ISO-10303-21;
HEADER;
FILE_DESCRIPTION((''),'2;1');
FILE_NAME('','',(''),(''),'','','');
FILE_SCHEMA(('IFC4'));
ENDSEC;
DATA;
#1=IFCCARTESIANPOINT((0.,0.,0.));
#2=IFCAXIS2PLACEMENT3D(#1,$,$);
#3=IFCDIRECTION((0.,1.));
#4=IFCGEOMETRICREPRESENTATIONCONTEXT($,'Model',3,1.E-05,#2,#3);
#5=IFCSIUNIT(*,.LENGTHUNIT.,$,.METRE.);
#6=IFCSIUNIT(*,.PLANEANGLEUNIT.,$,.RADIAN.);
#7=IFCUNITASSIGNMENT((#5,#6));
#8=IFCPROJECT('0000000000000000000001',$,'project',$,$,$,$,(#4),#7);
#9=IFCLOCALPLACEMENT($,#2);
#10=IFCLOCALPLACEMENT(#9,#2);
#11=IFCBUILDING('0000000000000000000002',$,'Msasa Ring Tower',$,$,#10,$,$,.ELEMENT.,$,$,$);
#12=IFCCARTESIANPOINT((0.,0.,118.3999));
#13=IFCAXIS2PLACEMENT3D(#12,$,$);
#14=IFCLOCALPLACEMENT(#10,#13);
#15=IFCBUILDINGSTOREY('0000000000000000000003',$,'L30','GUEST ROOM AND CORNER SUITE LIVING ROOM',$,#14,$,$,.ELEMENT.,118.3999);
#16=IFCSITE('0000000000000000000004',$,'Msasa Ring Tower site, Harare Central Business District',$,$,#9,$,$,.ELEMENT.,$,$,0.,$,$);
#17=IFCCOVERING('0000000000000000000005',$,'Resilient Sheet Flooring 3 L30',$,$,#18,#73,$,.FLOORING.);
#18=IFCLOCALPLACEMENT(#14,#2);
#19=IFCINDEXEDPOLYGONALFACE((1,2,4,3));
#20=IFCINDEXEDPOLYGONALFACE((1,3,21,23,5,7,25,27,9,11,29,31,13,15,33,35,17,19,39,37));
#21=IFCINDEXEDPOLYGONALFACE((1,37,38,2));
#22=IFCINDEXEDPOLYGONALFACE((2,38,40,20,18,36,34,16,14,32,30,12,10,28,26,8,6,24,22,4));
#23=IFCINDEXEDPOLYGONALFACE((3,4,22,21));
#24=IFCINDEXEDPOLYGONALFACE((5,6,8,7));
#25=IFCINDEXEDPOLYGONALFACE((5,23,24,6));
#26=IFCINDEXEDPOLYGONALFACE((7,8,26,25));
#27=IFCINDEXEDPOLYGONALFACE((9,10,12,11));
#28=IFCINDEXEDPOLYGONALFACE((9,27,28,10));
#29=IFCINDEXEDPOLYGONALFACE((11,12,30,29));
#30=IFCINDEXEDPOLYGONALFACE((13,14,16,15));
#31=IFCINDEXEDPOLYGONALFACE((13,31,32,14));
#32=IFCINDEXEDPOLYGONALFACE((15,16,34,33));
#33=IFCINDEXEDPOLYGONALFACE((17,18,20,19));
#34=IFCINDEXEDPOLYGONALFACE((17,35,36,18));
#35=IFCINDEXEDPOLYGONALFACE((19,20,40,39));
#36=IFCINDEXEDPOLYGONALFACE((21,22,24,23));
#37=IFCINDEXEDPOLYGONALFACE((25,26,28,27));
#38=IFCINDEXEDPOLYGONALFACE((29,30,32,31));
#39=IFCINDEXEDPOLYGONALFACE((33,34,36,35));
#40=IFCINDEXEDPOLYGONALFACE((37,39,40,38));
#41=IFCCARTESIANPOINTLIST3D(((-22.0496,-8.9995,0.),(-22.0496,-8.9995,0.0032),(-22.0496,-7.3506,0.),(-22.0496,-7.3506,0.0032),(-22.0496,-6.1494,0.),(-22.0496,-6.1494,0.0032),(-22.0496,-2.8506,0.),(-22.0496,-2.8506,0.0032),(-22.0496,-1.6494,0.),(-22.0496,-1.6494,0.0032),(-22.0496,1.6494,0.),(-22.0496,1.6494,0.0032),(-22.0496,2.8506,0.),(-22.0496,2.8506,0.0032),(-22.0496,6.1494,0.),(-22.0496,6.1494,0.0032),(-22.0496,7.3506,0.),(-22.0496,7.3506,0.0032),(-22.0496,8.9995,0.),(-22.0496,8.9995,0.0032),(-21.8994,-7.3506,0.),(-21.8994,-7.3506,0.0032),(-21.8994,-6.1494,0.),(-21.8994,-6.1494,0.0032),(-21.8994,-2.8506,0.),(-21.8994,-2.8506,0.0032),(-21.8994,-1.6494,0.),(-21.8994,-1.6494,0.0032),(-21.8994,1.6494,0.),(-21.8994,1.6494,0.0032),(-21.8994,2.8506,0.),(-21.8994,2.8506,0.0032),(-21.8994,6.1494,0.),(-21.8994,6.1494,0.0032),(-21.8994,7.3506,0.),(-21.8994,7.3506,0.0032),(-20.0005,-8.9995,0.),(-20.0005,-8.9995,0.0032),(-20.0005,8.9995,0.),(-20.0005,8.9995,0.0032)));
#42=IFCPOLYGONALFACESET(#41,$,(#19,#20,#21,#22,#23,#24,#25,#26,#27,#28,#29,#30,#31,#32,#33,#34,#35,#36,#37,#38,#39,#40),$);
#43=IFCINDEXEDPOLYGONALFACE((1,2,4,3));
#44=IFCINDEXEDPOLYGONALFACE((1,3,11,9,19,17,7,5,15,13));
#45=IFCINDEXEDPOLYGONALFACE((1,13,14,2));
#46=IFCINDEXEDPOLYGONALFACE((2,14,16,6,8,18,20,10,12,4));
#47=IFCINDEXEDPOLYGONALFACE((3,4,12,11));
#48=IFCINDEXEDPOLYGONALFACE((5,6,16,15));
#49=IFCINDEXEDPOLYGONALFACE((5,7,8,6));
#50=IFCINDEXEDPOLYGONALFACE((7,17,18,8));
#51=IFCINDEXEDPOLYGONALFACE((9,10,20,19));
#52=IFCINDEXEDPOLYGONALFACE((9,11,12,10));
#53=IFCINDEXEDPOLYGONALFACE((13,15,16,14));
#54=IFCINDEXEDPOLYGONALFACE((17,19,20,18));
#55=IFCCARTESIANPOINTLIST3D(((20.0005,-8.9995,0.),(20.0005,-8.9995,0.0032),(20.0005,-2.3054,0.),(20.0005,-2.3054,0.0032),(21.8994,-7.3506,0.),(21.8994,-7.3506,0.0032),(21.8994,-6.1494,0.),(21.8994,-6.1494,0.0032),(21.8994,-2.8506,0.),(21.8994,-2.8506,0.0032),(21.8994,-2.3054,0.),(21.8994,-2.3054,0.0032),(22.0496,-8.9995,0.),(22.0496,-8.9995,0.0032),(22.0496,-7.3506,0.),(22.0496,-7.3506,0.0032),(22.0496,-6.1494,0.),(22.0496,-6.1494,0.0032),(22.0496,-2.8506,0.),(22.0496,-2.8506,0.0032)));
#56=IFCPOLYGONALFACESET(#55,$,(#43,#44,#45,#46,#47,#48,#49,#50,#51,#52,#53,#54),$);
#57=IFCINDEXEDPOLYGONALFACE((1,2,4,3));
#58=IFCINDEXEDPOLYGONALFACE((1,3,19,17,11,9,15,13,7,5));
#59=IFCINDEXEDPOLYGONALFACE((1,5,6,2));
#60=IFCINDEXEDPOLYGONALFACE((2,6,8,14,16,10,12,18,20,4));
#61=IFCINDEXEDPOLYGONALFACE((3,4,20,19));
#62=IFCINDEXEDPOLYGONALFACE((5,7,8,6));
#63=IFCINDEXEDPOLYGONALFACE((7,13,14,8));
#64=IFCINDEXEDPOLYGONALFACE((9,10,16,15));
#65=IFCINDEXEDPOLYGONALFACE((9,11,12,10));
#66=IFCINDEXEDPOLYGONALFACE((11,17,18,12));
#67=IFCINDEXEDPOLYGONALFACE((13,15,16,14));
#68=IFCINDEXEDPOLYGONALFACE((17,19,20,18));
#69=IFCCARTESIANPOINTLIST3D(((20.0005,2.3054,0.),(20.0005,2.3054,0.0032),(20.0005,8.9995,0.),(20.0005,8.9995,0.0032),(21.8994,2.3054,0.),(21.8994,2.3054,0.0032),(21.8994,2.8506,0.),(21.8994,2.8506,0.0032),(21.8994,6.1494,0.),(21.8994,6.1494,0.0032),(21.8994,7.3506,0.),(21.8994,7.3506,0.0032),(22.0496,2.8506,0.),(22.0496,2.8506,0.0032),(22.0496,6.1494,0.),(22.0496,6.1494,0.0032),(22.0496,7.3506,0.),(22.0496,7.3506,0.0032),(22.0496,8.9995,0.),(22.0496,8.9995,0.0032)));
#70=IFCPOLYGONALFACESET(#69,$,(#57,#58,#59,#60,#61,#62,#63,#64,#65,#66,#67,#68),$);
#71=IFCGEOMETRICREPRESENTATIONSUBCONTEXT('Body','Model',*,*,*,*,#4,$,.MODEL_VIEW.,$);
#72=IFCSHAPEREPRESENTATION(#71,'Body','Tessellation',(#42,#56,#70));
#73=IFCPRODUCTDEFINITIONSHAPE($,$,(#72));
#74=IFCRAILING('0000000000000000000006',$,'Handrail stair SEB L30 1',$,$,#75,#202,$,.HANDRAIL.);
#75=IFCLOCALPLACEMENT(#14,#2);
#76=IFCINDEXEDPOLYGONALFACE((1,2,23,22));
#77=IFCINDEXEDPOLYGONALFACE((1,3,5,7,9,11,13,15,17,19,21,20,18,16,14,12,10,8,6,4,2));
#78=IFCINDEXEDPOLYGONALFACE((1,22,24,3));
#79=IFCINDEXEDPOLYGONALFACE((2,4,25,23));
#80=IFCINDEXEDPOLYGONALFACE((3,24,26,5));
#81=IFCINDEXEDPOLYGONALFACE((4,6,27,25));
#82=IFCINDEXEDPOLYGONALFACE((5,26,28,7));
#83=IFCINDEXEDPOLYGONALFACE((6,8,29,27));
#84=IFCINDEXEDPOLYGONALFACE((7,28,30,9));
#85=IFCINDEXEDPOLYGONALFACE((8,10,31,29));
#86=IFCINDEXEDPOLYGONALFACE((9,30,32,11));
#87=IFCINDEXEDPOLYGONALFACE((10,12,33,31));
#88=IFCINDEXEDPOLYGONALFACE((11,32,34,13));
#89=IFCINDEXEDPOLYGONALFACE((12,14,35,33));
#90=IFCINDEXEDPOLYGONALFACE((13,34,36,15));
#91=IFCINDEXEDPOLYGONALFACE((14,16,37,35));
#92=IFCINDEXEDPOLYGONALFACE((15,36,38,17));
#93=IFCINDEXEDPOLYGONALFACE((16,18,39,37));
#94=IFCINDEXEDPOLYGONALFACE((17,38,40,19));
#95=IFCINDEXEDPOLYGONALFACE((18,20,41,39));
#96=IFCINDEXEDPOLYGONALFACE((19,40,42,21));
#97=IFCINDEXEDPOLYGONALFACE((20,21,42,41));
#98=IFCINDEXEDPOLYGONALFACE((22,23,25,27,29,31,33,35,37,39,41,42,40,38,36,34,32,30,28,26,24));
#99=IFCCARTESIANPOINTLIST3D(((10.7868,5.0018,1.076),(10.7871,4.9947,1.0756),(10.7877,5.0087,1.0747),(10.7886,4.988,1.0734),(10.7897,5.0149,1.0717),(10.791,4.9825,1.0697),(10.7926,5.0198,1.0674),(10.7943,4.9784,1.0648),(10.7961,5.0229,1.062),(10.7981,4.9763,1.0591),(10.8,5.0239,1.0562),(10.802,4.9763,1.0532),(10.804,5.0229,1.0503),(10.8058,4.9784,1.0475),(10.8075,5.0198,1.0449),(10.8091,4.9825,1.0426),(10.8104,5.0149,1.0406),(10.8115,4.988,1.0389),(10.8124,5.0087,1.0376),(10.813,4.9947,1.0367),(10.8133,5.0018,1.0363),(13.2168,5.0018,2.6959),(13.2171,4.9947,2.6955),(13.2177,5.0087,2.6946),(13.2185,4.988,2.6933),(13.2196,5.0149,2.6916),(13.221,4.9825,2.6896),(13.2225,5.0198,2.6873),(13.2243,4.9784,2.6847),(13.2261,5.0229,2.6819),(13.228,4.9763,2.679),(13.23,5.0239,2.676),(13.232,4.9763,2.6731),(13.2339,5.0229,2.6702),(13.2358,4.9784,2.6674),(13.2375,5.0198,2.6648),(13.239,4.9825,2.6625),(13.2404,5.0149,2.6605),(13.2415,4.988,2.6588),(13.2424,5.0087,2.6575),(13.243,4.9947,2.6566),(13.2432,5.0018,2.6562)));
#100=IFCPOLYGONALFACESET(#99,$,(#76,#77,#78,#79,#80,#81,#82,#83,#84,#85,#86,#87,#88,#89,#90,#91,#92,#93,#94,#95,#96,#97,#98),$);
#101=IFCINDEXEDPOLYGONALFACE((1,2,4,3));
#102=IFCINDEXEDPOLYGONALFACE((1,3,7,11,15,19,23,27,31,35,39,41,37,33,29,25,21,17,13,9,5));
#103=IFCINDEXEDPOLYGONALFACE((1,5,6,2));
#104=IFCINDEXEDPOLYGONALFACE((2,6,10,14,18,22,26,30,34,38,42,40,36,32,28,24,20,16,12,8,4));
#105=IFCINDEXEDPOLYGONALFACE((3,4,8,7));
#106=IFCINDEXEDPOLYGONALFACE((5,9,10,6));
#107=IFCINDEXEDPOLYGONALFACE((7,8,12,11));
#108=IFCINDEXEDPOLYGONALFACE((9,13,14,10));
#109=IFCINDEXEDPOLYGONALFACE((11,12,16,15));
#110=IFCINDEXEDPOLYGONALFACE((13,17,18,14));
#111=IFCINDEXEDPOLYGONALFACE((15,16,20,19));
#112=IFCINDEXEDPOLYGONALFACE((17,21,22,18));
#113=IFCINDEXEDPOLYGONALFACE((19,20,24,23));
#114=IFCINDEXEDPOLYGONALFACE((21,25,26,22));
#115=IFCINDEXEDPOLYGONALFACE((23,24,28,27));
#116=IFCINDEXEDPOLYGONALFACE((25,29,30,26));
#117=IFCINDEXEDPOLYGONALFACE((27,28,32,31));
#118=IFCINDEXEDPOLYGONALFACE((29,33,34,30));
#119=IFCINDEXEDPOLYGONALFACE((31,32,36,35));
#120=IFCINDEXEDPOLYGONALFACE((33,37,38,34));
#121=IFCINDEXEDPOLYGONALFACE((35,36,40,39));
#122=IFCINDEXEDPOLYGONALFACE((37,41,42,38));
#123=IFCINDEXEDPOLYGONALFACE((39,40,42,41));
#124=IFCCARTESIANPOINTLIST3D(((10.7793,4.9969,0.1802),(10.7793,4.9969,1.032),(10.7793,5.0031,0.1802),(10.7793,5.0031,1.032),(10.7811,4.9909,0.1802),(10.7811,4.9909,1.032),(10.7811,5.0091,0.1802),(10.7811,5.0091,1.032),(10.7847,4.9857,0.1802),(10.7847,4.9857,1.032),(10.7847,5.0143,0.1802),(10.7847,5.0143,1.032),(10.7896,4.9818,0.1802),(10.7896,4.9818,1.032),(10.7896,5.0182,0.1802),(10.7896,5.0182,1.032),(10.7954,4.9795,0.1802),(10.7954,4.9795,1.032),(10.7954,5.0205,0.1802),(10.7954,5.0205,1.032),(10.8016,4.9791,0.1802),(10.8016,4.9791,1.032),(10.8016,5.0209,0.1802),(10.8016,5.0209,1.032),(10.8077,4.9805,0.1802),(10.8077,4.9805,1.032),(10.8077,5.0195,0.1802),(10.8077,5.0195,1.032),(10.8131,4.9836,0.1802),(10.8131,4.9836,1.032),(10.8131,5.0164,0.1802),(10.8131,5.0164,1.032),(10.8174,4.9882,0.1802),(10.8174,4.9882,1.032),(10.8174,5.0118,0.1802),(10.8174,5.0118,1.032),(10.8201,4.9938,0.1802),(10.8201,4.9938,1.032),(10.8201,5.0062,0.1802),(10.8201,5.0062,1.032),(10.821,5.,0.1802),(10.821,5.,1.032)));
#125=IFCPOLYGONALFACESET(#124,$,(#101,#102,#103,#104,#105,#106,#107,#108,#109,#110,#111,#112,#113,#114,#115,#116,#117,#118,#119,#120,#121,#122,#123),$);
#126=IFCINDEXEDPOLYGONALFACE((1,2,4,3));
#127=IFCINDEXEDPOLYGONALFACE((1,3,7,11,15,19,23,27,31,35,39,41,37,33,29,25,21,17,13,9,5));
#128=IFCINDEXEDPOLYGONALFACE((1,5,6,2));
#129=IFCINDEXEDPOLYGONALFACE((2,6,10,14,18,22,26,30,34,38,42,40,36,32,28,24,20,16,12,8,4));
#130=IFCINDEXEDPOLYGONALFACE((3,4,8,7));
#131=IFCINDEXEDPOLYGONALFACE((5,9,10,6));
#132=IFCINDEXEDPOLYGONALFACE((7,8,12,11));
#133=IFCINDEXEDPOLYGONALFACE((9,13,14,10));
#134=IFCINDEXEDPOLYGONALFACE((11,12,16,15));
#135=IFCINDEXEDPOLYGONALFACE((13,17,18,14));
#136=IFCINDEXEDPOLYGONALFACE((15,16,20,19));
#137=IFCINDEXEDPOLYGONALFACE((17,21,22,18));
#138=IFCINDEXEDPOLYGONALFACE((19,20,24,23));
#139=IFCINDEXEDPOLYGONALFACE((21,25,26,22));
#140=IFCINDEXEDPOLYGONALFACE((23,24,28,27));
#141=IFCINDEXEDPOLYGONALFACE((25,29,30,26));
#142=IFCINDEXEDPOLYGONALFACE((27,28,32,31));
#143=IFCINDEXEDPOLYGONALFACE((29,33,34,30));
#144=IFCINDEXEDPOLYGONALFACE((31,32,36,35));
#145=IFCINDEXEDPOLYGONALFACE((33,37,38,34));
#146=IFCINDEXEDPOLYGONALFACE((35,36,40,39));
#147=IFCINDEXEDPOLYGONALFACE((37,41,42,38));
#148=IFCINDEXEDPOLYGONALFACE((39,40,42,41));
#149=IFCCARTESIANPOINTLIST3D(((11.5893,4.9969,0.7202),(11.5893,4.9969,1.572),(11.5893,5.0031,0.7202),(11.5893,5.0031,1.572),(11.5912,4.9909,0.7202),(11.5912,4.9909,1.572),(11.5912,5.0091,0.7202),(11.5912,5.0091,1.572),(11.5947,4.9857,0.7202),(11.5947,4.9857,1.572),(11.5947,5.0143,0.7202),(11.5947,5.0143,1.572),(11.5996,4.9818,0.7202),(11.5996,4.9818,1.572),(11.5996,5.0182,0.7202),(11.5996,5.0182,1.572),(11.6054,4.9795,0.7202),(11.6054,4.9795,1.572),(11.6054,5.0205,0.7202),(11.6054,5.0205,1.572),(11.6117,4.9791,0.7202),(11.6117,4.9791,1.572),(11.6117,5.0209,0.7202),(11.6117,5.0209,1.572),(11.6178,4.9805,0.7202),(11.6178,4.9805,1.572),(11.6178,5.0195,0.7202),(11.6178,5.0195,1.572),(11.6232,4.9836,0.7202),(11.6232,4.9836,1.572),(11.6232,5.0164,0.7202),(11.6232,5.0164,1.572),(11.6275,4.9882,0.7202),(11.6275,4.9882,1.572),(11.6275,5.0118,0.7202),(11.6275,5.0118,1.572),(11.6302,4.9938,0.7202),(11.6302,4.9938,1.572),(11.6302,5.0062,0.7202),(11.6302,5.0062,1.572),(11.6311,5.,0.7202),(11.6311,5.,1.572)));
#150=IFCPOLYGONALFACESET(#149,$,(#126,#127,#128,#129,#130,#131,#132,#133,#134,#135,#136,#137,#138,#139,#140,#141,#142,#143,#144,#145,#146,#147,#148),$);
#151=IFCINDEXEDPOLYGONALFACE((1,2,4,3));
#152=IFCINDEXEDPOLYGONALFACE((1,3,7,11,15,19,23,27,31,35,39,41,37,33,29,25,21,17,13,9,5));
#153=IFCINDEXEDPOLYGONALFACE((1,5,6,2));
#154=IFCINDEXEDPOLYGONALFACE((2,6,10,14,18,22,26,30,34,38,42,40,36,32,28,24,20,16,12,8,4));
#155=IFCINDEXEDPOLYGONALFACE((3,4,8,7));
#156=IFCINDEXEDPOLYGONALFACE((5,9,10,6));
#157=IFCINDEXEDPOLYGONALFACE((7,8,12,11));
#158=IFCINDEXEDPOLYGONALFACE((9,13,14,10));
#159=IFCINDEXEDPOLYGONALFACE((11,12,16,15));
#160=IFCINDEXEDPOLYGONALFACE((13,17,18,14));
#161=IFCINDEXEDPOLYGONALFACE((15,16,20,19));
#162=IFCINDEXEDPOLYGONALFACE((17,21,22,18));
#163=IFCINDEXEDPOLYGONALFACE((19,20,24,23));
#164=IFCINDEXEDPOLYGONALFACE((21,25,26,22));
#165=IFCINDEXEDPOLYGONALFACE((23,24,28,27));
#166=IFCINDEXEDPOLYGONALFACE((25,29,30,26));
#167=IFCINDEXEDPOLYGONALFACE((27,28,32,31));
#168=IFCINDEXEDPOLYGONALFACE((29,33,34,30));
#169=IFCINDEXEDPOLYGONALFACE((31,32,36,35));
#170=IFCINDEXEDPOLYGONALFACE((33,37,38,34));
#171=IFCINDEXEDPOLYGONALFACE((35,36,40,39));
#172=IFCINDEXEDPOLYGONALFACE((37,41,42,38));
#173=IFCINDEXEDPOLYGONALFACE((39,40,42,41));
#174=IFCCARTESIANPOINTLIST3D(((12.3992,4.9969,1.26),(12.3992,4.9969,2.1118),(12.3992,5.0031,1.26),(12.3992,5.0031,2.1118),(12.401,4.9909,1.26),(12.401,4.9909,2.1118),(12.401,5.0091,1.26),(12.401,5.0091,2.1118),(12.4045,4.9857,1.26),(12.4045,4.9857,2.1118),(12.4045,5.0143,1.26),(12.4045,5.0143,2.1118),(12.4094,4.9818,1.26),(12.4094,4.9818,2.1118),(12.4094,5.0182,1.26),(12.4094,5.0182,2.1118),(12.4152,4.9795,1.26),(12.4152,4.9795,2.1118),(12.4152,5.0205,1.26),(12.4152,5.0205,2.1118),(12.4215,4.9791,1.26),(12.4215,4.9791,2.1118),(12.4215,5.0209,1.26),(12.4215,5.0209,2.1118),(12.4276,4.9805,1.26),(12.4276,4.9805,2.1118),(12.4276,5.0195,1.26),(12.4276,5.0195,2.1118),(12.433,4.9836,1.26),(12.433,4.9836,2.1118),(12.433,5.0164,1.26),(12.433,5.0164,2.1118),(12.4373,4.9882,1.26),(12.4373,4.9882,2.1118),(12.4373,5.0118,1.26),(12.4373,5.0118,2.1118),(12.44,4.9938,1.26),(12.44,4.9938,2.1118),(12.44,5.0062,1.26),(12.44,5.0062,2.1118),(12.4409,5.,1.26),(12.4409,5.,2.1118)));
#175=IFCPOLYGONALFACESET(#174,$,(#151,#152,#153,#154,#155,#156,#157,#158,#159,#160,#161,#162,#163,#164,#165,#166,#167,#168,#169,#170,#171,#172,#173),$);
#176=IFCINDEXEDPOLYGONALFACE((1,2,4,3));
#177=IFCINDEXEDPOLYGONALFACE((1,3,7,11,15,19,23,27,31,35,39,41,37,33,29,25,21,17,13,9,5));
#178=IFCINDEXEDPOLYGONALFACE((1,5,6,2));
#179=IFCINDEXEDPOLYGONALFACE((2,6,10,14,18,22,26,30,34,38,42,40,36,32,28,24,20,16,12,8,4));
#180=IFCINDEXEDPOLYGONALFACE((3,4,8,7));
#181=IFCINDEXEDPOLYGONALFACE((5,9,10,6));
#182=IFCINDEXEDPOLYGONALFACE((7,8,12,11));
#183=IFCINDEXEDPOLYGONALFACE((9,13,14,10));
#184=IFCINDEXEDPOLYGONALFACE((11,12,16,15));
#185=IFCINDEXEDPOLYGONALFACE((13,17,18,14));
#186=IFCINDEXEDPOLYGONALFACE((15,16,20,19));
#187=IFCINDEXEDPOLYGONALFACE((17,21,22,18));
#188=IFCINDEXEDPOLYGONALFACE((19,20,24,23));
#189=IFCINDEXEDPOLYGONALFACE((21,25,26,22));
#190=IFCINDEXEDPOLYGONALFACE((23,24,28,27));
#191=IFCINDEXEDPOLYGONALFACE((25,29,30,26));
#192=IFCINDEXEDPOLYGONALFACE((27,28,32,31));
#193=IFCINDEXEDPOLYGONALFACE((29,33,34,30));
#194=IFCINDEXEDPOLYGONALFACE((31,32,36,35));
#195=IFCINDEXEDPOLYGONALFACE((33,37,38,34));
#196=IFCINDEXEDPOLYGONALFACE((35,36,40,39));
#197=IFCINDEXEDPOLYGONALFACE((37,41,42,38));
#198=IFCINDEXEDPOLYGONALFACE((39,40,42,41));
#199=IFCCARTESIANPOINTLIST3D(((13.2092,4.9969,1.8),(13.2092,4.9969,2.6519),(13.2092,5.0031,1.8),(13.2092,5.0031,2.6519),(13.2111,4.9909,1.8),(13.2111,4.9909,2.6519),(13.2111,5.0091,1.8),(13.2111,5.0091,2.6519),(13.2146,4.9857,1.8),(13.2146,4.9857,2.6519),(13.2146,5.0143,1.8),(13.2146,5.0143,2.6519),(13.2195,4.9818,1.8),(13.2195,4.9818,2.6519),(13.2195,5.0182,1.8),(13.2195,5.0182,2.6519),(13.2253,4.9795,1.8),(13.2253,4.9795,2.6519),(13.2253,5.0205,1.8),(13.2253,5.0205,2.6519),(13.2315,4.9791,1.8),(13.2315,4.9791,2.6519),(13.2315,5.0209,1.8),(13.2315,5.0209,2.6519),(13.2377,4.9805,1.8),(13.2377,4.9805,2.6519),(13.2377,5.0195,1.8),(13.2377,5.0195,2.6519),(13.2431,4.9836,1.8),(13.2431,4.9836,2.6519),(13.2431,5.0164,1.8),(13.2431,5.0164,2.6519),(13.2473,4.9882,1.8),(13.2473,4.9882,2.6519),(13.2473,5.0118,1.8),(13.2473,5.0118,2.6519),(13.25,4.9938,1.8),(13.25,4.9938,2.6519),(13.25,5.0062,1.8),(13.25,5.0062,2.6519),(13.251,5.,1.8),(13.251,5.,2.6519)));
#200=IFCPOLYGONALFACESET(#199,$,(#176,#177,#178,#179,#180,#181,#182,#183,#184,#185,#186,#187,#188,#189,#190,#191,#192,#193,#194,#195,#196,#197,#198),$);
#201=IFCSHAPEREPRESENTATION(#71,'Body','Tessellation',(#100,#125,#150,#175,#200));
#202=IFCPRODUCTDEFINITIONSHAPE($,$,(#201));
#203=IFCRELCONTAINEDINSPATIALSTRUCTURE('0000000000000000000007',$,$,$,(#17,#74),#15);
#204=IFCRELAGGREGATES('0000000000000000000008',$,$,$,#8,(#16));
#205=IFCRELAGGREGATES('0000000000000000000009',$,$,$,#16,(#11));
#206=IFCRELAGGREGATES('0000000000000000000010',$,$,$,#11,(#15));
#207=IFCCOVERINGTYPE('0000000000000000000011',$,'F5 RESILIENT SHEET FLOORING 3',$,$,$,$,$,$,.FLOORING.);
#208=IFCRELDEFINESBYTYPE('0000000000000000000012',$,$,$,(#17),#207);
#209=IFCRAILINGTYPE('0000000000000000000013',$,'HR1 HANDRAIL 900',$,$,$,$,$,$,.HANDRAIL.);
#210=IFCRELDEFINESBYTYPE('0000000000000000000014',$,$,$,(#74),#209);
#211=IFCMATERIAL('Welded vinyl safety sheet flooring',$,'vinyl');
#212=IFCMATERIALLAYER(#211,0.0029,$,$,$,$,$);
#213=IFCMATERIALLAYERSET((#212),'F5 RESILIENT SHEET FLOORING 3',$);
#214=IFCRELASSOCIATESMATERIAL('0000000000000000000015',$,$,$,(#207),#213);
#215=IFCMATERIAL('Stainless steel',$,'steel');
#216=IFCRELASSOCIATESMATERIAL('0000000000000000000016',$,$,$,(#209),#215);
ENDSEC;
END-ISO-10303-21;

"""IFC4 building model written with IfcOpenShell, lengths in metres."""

from ifc_helpers import new_model, si_unit, direction, frame, origin, origin_2d, place, context, subcontext, project, spatial, line, indexed_curve, circle, outline, extrude, material, layer, layer_set, type_object, element, save


model = new_model("IFC4")

# Units and contexts
model_context = context("Model", 3, precision=1e-05, world=origin(), true_north=direction((0.0, 1.0)))
body_context = subcontext(model_context, "Body", "Model", "MODEL_VIEW")
ifc_project = project(units=[si_unit("LENGTHUNIT", "METRE"), si_unit("PLANEANGLEUNIT", "RADIAN")], contexts=[model_context])

# Site, building, storey
site_placement = place(None, origin())
site = spatial("IfcSite", under=ifc_project, at=site_placement, Name="Msasa Ring Tower site, Harare Central Business District", CompositionType="ELEMENT", RefElevation=0.0)
building_placement = place(site_placement, origin())
building = spatial("IfcBuilding", under=site, at=building_placement, Name="Msasa Ring Tower", CompositionType="ELEMENT")
storey_placement = place(building_placement, frame((0.0, 0.0, 118.3999)))
storey = spatial("IfcBuildingStorey", under=building, at=storey_placement, Name="L30", Description="GUEST ROOM AND CORNER SUITE LIVING ROOM", CompositionType="ELEMENT", Elevation=118.3999)

# Covering
ifc_material_1 = material(Name="Welded vinyl safety sheet flooring", Category="vinyl")
ifc_layer_1 = layer(ifc_material_1, 0.0029)
ifc_layer_set_1 = layer_set([ifc_layer_1], Name="F5 RESILIENT SHEET FLOORING 3")
covering_type_1 = type_object("IfcCoveringType", Name="F5 RESILIENT SHEET FLOORING 3", PredefinedType="FLOORING", material=ifc_layer_set_1)
covering_1_placement = place(storey_placement, origin())
element("IfcCovering", 1, at=covering_1_placement, inside=storey, type_object=covering_type_1, Name="Resilient Sheet Flooring 3 L30", PredefinedType="FLOORING", context=body_context, shape_type="SweptSolid", body=[
    extrude(outline(indexed_curve([(-20.0005, 8.9995), (-20.0005, -8.9995), (-22.0496, -8.9995), (-22.0496, -7.3506), (-21.8994, -7.3506), (-21.8994, -6.1494), (-22.0496, -6.1494), (-22.0496, -2.8506), (-21.8994, -2.8506), (-21.8994, -1.6494), (-22.0496, -1.6494), (-22.0496, 1.6494), (-21.8994, 1.6494), (-21.8994, 2.8506), (-22.0496, 2.8506), (-22.0496, 6.1494), (-21.8994, 6.1494), (-21.8994, 7.3506), (-22.0496, 7.3506), (-22.0496, 8.9995)], segments=[line(1, 2, 3, 4, 5, 6, 7, 8, 9, 10, 11, 12, 13, 14, 15, 16, 17, 18, 19, 20, 1)], self_intersect=False)), origin(), (0.0, 0.0, 1.0), 0.0032),
    extrude(outline(indexed_curve([(21.8994, -2.3054), (21.8994, -2.8506), (22.0496, -2.8506), (22.0496, -6.1494), (21.8994, -6.1494), (21.8994, -7.3506), (22.0496, -7.3506), (22.0496, -8.9995), (20.0005, -8.9995), (20.0005, -2.3054)], segments=[line(1, 2, 3, 4, 5, 6, 7, 8, 9, 10, 1)], self_intersect=False)), origin(), (0.0, 0.0, 1.0), 0.0032),
    extrude(outline(indexed_curve([(22.0496, 7.3506), (21.8994, 7.3506), (21.8994, 6.1494), (22.0496, 6.1494), (22.0496, 2.8506), (21.8994, 2.8506), (21.8994, 2.3054), (20.0005, 2.3054), (20.0005, 8.9995), (22.0496, 8.9995)], segments=[line(1, 2, 3, 4, 5, 6, 7, 8, 9, 10, 1)], self_intersect=False)), origin(), (0.0, 0.0, 1.0), 0.0032),
])

# Railing
ifc_material_2 = material(Name="Stainless steel", Category="steel")
railing_type = type_object("IfcRailingType", Name="HR1 HANDRAIL 900", PredefinedType="HANDRAIL", material=ifc_material_2)
for number, where, name in (
    (2, (10.8, 5.0, 0.1802), "Handrail stair SEB L30 1"),
):
    element("IfcRailing", number, at=place(storey_placement, frame(where)), inside=storey, type_object=railing_type, Name=name, PredefinedType="HANDRAIL", context=body_context, shape_type="SweptSolid", body=[
        extrude(circle(Radius=0.0239, at=origin_2d()), frame((0.0, 0.0, 0.876), z_axis=(0.832063, 0.0, 0.554681), x_axis=(0.0, 1.0, 0.0)), (0.0, 0.0, 1.0), 2.9204),
        extrude(circle(Radius=0.021, at=origin_2d()), origin(), (0.0, 0.0, 1.0), 0.8518),
        extrude(circle(Radius=0.021, at=origin_2d()), frame((0.8101, 0.0, 0.54)), (0.0, 0.0, 1.0), 0.8518),
        extrude(circle(Radius=0.021, at=origin_2d()), frame((1.6199, 0.0, 1.0798)), (0.0, 0.0, 1.0), 0.8518),
        extrude(circle(Radius=0.021, at=origin_2d()), frame((2.4299, 0.0, 1.6199)), (0.0, 0.0, 1.0), 0.8518),
    ])

save(model, "model.ifc")
